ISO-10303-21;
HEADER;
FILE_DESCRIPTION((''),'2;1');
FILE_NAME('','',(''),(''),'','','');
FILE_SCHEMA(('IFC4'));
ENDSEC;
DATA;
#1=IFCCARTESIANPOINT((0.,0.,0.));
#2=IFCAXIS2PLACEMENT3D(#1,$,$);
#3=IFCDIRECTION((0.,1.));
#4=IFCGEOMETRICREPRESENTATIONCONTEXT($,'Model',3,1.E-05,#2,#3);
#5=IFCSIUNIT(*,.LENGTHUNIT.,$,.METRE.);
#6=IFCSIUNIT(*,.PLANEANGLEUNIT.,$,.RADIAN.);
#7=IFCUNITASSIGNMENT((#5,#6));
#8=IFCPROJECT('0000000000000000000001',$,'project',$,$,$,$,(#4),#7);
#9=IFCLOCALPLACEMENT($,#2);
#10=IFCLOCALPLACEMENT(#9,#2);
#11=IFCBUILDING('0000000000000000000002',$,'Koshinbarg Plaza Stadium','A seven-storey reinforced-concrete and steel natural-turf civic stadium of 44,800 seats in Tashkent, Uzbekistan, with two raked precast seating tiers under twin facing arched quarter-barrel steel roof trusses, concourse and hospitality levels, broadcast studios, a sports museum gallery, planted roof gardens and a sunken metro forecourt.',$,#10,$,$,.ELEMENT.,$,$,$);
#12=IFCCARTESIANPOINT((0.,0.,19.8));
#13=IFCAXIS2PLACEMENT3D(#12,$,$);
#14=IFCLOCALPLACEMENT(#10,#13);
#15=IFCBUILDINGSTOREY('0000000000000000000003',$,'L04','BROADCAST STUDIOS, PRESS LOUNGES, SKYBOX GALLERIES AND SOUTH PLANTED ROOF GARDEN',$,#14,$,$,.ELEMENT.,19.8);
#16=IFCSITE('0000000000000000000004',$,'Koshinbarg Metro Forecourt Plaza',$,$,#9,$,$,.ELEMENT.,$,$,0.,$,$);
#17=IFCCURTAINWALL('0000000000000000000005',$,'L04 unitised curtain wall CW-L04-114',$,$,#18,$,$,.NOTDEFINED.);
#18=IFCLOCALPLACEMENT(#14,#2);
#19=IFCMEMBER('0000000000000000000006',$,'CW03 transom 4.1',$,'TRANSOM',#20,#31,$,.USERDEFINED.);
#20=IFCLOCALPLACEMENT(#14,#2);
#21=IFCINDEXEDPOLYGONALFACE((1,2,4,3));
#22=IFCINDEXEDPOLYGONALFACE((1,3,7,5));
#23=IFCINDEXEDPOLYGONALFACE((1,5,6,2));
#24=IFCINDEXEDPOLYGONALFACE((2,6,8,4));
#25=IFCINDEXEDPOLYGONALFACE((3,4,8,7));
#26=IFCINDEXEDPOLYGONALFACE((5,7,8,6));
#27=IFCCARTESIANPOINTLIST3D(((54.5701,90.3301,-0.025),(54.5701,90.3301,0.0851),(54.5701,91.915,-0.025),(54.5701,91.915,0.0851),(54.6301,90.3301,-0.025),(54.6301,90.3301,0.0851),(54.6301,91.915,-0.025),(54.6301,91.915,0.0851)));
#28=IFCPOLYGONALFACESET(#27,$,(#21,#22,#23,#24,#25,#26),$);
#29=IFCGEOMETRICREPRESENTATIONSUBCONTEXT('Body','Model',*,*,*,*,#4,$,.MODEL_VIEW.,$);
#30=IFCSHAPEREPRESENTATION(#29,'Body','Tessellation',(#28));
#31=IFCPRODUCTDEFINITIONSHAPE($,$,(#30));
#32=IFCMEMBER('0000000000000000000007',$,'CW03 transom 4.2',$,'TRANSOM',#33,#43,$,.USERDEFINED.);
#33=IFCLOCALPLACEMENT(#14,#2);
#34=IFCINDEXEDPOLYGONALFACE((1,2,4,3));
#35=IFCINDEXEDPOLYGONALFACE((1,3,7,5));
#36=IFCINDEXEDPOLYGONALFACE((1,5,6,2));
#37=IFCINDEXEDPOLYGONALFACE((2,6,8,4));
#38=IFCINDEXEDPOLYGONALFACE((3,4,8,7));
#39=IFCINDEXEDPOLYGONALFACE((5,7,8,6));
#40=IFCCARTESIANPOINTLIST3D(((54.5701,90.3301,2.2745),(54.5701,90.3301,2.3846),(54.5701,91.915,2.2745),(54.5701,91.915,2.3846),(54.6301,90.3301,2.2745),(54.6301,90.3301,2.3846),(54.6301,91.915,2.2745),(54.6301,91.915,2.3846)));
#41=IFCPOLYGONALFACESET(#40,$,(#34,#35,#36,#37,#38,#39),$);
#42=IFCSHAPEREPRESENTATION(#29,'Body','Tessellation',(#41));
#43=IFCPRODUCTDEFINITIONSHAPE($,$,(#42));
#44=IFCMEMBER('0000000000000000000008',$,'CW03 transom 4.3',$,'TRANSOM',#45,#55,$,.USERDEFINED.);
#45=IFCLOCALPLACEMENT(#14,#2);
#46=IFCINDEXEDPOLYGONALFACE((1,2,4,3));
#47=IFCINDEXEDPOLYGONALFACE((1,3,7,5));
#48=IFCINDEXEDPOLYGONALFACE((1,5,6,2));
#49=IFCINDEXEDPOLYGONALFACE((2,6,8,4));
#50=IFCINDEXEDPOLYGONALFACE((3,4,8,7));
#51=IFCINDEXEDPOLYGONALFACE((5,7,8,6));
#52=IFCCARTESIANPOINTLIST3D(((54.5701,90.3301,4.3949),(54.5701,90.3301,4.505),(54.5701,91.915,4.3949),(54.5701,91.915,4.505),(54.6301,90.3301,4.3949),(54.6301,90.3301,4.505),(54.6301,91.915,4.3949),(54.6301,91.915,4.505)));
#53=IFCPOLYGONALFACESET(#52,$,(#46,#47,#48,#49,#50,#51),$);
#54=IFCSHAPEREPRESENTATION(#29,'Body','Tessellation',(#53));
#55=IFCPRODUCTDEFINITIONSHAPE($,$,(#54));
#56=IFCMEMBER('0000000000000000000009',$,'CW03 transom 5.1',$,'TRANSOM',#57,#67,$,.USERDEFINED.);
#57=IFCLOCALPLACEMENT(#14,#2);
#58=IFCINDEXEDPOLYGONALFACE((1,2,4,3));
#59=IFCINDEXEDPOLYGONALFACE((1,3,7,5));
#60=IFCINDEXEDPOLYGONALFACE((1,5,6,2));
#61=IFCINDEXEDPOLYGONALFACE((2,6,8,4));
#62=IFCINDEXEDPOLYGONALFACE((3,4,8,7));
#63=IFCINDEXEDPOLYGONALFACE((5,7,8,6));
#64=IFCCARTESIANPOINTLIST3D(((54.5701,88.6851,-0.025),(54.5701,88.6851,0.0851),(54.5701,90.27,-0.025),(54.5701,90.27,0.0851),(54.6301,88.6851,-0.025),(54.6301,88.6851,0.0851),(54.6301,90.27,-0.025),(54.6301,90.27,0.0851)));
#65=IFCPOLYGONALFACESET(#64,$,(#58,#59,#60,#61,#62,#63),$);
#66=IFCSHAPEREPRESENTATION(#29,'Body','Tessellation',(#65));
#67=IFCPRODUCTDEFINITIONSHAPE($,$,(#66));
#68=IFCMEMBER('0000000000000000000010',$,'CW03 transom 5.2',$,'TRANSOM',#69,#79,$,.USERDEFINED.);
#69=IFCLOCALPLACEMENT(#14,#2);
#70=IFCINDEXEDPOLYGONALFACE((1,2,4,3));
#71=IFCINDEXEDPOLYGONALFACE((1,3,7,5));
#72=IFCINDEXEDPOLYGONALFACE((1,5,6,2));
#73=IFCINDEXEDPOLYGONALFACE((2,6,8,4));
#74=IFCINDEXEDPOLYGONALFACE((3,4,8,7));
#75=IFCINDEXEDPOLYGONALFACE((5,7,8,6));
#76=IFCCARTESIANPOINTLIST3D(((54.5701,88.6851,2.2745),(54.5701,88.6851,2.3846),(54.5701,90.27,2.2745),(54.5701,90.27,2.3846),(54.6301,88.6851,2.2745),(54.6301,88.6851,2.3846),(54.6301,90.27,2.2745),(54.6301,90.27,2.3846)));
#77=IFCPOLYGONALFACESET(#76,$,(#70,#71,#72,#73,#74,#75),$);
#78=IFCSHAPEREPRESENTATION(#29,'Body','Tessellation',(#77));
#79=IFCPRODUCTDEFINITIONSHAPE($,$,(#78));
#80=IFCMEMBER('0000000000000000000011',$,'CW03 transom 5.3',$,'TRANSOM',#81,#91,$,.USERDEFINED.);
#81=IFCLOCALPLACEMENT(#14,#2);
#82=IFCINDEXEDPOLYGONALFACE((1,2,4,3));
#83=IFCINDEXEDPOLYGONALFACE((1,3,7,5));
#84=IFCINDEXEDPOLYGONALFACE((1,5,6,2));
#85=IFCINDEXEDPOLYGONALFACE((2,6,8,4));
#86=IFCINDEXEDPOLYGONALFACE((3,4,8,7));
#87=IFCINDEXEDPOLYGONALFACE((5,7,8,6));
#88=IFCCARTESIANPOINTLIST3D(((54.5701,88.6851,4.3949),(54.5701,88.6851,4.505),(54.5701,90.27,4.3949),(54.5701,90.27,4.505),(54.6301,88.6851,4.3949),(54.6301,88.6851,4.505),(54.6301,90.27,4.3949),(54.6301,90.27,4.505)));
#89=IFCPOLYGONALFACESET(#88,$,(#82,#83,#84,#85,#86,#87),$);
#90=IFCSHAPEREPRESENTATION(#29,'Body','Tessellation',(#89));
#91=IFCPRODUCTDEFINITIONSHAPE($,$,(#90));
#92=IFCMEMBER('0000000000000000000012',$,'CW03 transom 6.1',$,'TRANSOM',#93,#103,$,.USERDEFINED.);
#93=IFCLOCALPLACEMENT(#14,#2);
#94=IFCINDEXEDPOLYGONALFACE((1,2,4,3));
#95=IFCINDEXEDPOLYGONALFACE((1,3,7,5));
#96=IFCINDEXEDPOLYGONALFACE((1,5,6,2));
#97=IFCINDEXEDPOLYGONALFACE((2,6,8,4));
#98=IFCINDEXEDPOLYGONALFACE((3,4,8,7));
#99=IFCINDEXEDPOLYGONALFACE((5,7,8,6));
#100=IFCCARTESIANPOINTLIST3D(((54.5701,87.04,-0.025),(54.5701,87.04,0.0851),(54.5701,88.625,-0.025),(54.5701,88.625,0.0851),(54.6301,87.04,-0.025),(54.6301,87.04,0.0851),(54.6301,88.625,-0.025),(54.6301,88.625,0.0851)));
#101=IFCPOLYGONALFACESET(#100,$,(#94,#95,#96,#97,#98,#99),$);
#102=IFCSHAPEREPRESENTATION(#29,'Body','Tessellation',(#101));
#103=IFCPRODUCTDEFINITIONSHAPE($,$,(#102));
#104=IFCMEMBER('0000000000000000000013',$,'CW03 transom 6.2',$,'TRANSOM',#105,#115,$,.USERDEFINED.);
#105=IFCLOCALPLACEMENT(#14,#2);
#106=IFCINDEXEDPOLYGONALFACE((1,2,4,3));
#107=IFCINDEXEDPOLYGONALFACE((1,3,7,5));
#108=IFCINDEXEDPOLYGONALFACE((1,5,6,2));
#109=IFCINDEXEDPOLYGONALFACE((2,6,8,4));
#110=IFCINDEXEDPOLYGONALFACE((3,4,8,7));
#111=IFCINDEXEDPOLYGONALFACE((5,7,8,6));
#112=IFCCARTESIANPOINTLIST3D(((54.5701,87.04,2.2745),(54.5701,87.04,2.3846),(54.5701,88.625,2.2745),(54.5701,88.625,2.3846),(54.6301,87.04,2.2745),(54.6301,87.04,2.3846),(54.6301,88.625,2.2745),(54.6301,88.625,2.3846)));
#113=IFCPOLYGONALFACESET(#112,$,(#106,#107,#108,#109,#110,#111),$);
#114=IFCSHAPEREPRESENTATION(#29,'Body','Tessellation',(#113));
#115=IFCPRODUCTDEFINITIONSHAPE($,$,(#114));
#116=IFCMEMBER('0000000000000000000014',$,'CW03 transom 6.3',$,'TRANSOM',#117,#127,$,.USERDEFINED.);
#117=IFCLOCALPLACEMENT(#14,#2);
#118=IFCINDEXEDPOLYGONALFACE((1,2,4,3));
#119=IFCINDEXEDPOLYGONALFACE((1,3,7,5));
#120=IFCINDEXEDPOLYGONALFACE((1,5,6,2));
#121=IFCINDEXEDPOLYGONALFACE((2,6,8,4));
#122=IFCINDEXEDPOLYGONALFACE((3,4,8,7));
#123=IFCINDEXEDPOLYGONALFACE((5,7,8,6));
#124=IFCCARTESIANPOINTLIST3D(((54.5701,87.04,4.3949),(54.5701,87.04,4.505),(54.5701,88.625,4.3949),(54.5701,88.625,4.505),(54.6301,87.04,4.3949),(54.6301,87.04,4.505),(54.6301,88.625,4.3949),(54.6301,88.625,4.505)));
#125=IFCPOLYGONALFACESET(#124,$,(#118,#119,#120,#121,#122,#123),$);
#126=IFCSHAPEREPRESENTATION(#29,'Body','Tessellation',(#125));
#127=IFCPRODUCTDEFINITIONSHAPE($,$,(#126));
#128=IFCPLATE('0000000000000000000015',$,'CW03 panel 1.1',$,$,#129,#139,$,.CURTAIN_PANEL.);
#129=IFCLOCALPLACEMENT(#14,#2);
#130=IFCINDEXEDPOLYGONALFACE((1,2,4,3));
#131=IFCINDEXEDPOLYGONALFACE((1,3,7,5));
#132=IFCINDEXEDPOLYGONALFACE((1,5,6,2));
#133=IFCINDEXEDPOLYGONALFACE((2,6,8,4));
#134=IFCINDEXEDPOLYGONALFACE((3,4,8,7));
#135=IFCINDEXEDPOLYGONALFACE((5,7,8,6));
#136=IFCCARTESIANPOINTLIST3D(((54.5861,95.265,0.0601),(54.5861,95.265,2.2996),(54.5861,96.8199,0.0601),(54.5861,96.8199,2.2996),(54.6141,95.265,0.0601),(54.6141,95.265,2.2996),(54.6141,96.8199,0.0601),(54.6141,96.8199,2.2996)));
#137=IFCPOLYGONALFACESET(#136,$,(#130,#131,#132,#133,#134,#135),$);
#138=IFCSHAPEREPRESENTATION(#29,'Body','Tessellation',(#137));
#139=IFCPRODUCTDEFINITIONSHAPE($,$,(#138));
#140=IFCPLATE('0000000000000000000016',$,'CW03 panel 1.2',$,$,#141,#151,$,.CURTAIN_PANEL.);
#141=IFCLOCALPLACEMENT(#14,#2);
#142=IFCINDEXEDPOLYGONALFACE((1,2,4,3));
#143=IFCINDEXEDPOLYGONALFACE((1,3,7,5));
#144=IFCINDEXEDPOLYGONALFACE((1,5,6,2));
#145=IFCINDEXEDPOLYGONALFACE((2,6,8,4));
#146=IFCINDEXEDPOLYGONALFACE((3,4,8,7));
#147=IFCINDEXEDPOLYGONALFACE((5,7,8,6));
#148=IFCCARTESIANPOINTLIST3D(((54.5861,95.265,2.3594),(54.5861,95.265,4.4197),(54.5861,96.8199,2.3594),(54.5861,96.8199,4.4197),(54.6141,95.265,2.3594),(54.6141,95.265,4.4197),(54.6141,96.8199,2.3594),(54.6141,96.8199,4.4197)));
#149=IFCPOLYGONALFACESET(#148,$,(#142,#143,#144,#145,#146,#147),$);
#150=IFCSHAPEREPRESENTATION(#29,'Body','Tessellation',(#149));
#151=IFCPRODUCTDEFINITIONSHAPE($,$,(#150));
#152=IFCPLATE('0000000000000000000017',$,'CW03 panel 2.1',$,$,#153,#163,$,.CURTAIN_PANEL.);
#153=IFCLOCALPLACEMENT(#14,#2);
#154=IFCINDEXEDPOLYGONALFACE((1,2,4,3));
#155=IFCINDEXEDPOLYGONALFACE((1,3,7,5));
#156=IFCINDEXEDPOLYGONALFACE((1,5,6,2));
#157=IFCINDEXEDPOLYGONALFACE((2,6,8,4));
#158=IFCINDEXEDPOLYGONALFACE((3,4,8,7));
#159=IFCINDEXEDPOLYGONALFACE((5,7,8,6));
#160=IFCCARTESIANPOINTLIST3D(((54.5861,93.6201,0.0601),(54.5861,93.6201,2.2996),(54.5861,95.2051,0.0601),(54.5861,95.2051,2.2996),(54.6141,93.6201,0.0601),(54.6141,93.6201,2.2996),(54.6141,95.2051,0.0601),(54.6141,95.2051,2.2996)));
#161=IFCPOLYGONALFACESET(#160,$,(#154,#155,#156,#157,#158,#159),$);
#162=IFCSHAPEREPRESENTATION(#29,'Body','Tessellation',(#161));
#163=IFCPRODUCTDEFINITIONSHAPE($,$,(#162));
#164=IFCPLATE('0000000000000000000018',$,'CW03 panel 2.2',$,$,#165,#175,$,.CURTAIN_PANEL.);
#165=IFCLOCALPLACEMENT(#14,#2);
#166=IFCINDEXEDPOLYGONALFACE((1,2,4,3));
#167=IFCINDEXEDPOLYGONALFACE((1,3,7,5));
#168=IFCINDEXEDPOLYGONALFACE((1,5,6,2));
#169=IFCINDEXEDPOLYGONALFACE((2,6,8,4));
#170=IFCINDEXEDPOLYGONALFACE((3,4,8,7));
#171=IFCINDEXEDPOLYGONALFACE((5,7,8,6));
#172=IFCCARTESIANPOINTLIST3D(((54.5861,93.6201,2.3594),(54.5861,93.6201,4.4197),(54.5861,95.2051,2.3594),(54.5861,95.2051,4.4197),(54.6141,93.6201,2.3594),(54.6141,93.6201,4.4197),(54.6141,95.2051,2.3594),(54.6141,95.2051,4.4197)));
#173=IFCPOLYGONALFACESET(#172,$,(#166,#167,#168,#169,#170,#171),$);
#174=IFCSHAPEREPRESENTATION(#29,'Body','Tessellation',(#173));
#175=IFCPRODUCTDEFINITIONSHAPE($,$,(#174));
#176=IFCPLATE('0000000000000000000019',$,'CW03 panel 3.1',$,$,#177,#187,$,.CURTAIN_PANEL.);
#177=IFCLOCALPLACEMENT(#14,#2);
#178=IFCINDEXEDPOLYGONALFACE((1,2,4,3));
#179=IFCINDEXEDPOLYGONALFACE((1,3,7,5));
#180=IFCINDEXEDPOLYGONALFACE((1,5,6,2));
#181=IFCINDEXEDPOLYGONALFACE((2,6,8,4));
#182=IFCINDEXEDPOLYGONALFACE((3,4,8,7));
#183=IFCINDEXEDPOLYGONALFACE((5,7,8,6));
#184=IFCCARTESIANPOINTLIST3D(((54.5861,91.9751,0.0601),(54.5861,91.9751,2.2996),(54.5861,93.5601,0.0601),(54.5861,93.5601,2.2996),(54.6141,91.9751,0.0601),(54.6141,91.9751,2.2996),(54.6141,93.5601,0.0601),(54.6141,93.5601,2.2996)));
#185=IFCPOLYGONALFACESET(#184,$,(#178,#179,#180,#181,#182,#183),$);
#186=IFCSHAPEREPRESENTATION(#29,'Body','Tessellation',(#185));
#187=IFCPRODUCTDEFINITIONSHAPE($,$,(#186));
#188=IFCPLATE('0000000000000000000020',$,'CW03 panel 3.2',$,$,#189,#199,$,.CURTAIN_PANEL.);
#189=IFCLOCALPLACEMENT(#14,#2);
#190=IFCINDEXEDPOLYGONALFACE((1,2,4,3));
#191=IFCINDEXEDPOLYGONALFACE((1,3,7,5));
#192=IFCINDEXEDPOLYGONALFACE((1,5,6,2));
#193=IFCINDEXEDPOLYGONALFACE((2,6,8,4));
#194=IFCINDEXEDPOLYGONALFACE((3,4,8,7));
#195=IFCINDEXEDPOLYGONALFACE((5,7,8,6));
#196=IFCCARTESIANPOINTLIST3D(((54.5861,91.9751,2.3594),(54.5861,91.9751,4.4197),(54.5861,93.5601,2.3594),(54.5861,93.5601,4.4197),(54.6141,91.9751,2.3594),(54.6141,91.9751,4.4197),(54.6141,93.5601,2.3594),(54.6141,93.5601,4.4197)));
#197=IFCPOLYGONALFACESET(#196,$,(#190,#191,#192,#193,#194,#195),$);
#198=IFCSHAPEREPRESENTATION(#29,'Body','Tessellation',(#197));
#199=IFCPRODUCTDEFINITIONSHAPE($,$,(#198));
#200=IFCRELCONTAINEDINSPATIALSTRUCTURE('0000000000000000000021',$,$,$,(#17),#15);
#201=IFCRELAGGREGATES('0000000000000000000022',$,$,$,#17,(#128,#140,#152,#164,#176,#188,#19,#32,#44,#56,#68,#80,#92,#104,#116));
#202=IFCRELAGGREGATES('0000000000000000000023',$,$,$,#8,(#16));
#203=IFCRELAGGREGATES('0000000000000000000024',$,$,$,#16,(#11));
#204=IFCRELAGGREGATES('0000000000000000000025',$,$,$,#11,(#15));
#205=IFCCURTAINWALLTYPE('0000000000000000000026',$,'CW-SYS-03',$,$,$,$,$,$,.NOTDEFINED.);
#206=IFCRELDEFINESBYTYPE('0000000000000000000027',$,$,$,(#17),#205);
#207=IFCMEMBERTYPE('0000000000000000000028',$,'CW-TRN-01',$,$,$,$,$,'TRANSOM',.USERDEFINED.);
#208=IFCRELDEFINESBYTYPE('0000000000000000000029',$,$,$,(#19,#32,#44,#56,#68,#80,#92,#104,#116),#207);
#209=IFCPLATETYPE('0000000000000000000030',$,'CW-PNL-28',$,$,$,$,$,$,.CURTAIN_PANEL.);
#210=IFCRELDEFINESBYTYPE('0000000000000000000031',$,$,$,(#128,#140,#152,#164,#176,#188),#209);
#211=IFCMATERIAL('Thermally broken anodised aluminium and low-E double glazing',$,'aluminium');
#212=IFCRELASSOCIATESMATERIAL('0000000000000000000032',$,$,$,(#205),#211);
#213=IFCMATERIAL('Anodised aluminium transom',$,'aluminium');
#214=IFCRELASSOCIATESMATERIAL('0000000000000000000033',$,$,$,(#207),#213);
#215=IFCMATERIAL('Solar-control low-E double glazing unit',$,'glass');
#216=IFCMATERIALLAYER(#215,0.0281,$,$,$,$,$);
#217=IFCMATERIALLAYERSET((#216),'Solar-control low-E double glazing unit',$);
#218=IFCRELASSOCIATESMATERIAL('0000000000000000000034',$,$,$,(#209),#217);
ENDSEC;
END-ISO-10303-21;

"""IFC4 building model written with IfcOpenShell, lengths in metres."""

from ifc_helpers import new_model, si_unit, direction, frame, origin, origin_2d, place, context, subcontext, project, spatial, rectangle, extrude, material, layer, layer_set, material_profile, profile_set, type_object, element, aggregate, save


model = new_model("IFC4")

# Units and contexts
model_context = context("Model", 3, precision=1e-05, world=origin(), true_north=direction((0.0, 1.0)))
body_context = subcontext(model_context, "Body", "Model", "MODEL_VIEW")
ifc_project = project(units=[si_unit("LENGTHUNIT", "METRE"), si_unit("PLANEANGLEUNIT", "RADIAN")], contexts=[model_context])

# Site, building, storey
site_placement = place(None, origin())
site = spatial("IfcSite", under=ifc_project, at=site_placement, Name="Koshinbarg Metro Forecourt Plaza", CompositionType="ELEMENT", RefElevation=0.0)
building_placement = place(site_placement, origin())
building = spatial("IfcBuilding", under=site, at=building_placement, Name="Koshinbarg Plaza Stadium", Description="A seven-storey reinforced-concrete and steel natural-turf civic stadium of 44,800 seats in Tashkent, Uzbekistan, with two raked precast seating tiers under twin facing arched quarter-barrel steel roof trusses, concourse and hospitality levels, broadcast studios, a sports museum gallery, planted roof gardens and a sunken metro forecourt.", CompositionType="ELEMENT")
storey_placement = place(building_placement, frame((0.0, 0.0, 19.8)))
storey = spatial("IfcBuildingStorey", under=building, at=storey_placement, Name="L04", Description="BROADCAST STUDIOS, PRESS LOUNGES, SKYBOX GALLERIES AND SOUTH PLANTED ROOF GARDEN", CompositionType="ELEMENT", Elevation=19.8)

# Curtain wall, members, plates
ifc_material_1 = material(Name="Thermally broken anodised aluminium and low-E double glazing", Category="aluminium")
curtain_wall_type = type_object("IfcCurtainWallType", Name="CW-SYS-03", PredefinedType="NOTDEFINED", material=ifc_material_1)
curtain_wall_placement = place(storey_placement, origin())
curtain_wall = element("IfcCurtainWall", 1, at=curtain_wall_placement, inside=storey, type_object=curtain_wall_type, Name="L04 unitised curtain wall CW-L04-114", PredefinedType="NOTDEFINED")
ifc_material_2 = material(Name="Anodised aluminium transom", Category="aluminium")
ifc_material_profile_1 = material_profile(ifc_material_2, rectangle(XDim=0.0601, YDim=0.1101, at=origin_2d()), Name="ALU 60x110")
ifc_profile_set_1 = profile_set([ifc_material_profile_1], Name="Anodised aluminium transom")
member_type_1 = type_object("IfcMemberType", Name="CW-TRN-01", ElementType="TRANSOM", PredefinedType="USERDEFINED", material=ifc_profile_set_1)
member_1_placement = place(storey_placement, frame((54.6001, 91.915, 0.03), z_axis=(0.0, -1.0, 0.0), x_axis=(1.0, 0.0, 0.0)))
member_1 = element("IfcMember", 2, at=member_1_placement, type_object=member_type_1, Name="CW03 transom 4.1", ObjectType="TRANSOM", PredefinedType="USERDEFINED", context=body_context, shape_type="SweptSolid", body=[
    extrude(rectangle(XDim=0.0601, YDim=0.1101, at=origin_2d()), origin(), (0.0, 0.0, 1.0), 1.585),
])
member_2_placement = place(storey_placement, frame((54.6001, 91.915, 2.3296), z_axis=(0.0, -1.0, 0.0), x_axis=(1.0, 0.0, 0.0)))
member_2 = element("IfcMember", 3, at=member_2_placement, type_object=member_type_1, Name="CW03 transom 4.2", ObjectType="TRANSOM", PredefinedType="USERDEFINED", context=body_context, shape_type="SweptSolid", body=[
    extrude(rectangle(XDim=0.0601, YDim=0.1101, at=origin_2d()), origin(), (0.0, 0.0, 1.0), 1.585),
])
member_3_placement = place(storey_placement, frame((54.6001, 91.915, 4.45), z_axis=(0.0, -1.0, 0.0), x_axis=(1.0, 0.0, 0.0)))
member_3 = element("IfcMember", 4, at=member_3_placement, type_object=member_type_1, Name="CW03 transom 4.3", ObjectType="TRANSOM", PredefinedType="USERDEFINED", context=body_context, shape_type="SweptSolid", body=[
    extrude(rectangle(XDim=0.0601, YDim=0.1101, at=origin_2d()), origin(), (0.0, 0.0, 1.0), 1.585),
])
member_4_placement = place(storey_placement, frame((54.6001, 90.27, 0.03), z_axis=(0.0, -1.0, 0.0), x_axis=(1.0, 0.0, 0.0)))
member_4 = element("IfcMember", 5, at=member_4_placement, type_object=member_type_1, Name="CW03 transom 5.1", ObjectType="TRANSOM", PredefinedType="USERDEFINED", context=body_context, shape_type="SweptSolid", body=[
    extrude(rectangle(XDim=0.0601, YDim=0.1101, at=origin_2d()), origin(), (0.0, 0.0, 1.0), 1.585),
])
member_5_placement = place(storey_placement, frame((54.6001, 90.27, 2.3296), z_axis=(0.0, -1.0, 0.0), x_axis=(1.0, 0.0, 0.0)))
member_5 = element("IfcMember", 6, at=member_5_placement, type_object=member_type_1, Name="CW03 transom 5.2", ObjectType="TRANSOM", PredefinedType="USERDEFINED", context=body_context, shape_type="SweptSolid", body=[
    extrude(rectangle(XDim=0.0601, YDim=0.1101, at=origin_2d()), origin(), (0.0, 0.0, 1.0), 1.585),
])
member_6_placement = place(storey_placement, frame((54.6001, 90.27, 4.45), z_axis=(0.0, -1.0, 0.0), x_axis=(1.0, 0.0, 0.0)))
member_6 = element("IfcMember", 7, at=member_6_placement, type_object=member_type_1, Name="CW03 transom 5.3", ObjectType="TRANSOM", PredefinedType="USERDEFINED", context=body_context, shape_type="SweptSolid", body=[
    extrude(rectangle(XDim=0.0601, YDim=0.1101, at=origin_2d()), origin(), (0.0, 0.0, 1.0), 1.585),
])
member_7_placement = place(storey_placement, frame((54.6001, 88.625, 0.03), z_axis=(0.0, -1.0, 0.0), x_axis=(1.0, 0.0, 0.0)))
member_7 = element("IfcMember", 8, at=member_7_placement, type_object=member_type_1, Name="CW03 transom 6.1", ObjectType="TRANSOM", PredefinedType="USERDEFINED", context=body_context, shape_type="SweptSolid", body=[
    extrude(rectangle(XDim=0.0601, YDim=0.1101, at=origin_2d()), origin(), (0.0, 0.0, 1.0), 1.585),
])
member_8_placement = place(storey_placement, frame((54.6001, 88.625, 2.3296), z_axis=(0.0, -1.0, 0.0), x_axis=(1.0, 0.0, 0.0)))
member_8 = element("IfcMember", 9, at=member_8_placement, type_object=member_type_1, Name="CW03 transom 6.2", ObjectType="TRANSOM", PredefinedType="USERDEFINED", context=body_context, shape_type="SweptSolid", body=[
    extrude(rectangle(XDim=0.0601, YDim=0.1101, at=origin_2d()), origin(), (0.0, 0.0, 1.0), 1.585),
])
member_9_placement = place(storey_placement, frame((54.6001, 88.625, 4.45), z_axis=(0.0, -1.0, 0.0), x_axis=(1.0, 0.0, 0.0)))
member_9 = element("IfcMember", 10, at=member_9_placement, type_object=member_type_1, Name="CW03 transom 6.3", ObjectType="TRANSOM", PredefinedType="USERDEFINED", context=body_context, shape_type="SweptSolid", body=[
    extrude(rectangle(XDim=0.0601, YDim=0.1101, at=origin_2d()), origin(), (0.0, 0.0, 1.0), 1.585),
])
ifc_material_3 = material(Name="Solar-control low-E double glazing unit", Category="glass")
ifc_layer = layer(ifc_material_3, 0.0281)
ifc_layer_set = layer_set([ifc_layer], Name="Solar-control low-E double glazing unit")
plate_type = type_object("IfcPlateType", Name="CW-PNL-28", PredefinedType="CURTAIN_PANEL", material=ifc_layer_set)
plate_1_placement = place(storey_placement, frame((54.6001, 96.0425, 0.0601), z_axis=(0.0, 0.0, 1.0), x_axis=(0.0, -1.0, 0.0)))
plate_1 = element("IfcPlate", 11, at=plate_1_placement, type_object=plate_type, Name="CW03 panel 1.1", PredefinedType="CURTAIN_PANEL", context=body_context, shape_type="SweptSolid", body=[
    extrude(rectangle(XDim=1.5549, YDim=0.0281, at=origin_2d()), origin(), (0.0, 0.0, 1.0), 2.2395),
])
plate_2_placement = place(storey_placement, frame((54.6001, 96.0425, 2.3594), z_axis=(0.0, 0.0, 1.0), x_axis=(0.0, -1.0, 0.0)))
plate_2 = element("IfcPlate", 12, at=plate_2_placement, type_object=plate_type, Name="CW03 panel 1.2", PredefinedType="CURTAIN_PANEL", context=body_context, shape_type="SweptSolid", body=[
    extrude(rectangle(XDim=1.5549, YDim=0.0281, at=origin_2d()), origin(), (0.0, 0.0, 1.0), 2.0603),
])
plate_3_placement = place(storey_placement, frame((54.6001, 94.4126, 0.0601), z_axis=(0.0, 0.0, 1.0), x_axis=(0.0, -1.0, 0.0)))
plate_3 = element("IfcPlate", 13, at=plate_3_placement, type_object=plate_type, Name="CW03 panel 2.1", PredefinedType="CURTAIN_PANEL", context=body_context, shape_type="SweptSolid", body=[
    extrude(rectangle(XDim=1.585, YDim=0.0281, at=origin_2d()), origin(), (0.0, 0.0, 1.0), 2.2395),
])
plate_4_placement = place(storey_placement, frame((54.6001, 94.4126, 2.3594), z_axis=(0.0, 0.0, 1.0), x_axis=(0.0, -1.0, 0.0)))
plate_4 = element("IfcPlate", 14, at=plate_4_placement, type_object=plate_type, Name="CW03 panel 2.2", PredefinedType="CURTAIN_PANEL", context=body_context, shape_type="SweptSolid", body=[
    extrude(rectangle(XDim=1.585, YDim=0.0281, at=origin_2d()), origin(), (0.0, 0.0, 1.0), 2.0603),
])
plate_5_placement = place(storey_placement, frame((54.6001, 92.7676, 0.0601), z_axis=(0.0, 0.0, 1.0), x_axis=(0.0, -1.0, 0.0)))
plate_5 = element("IfcPlate", 15, at=plate_5_placement, type_object=plate_type, Name="CW03 panel 3.1", PredefinedType="CURTAIN_PANEL", context=body_context, shape_type="SweptSolid", body=[
    extrude(rectangle(XDim=1.585, YDim=0.0281, at=origin_2d()), origin(), (0.0, 0.0, 1.0), 2.2395),
])
plate_6_placement = place(storey_placement, frame((54.6001, 92.7676, 2.3594), z_axis=(0.0, 0.0, 1.0), x_axis=(0.0, -1.0, 0.0)))
plate_6 = element("IfcPlate", 16, at=plate_6_placement, type_object=plate_type, Name="CW03 panel 3.2", PredefinedType="CURTAIN_PANEL", context=body_context, shape_type="SweptSolid", body=[
    extrude(rectangle(XDim=1.585, YDim=0.0281, at=origin_2d()), origin(), (0.0, 0.0, 1.0), 2.0603),
])
aggregate(curtain_wall, [plate_1, plate_2, plate_3, plate_4, plate_5, plate_6, member_1, member_2, member_3, member_4, member_5, member_6, member_7, member_8, member_9])

save(model, "model.ifc")
